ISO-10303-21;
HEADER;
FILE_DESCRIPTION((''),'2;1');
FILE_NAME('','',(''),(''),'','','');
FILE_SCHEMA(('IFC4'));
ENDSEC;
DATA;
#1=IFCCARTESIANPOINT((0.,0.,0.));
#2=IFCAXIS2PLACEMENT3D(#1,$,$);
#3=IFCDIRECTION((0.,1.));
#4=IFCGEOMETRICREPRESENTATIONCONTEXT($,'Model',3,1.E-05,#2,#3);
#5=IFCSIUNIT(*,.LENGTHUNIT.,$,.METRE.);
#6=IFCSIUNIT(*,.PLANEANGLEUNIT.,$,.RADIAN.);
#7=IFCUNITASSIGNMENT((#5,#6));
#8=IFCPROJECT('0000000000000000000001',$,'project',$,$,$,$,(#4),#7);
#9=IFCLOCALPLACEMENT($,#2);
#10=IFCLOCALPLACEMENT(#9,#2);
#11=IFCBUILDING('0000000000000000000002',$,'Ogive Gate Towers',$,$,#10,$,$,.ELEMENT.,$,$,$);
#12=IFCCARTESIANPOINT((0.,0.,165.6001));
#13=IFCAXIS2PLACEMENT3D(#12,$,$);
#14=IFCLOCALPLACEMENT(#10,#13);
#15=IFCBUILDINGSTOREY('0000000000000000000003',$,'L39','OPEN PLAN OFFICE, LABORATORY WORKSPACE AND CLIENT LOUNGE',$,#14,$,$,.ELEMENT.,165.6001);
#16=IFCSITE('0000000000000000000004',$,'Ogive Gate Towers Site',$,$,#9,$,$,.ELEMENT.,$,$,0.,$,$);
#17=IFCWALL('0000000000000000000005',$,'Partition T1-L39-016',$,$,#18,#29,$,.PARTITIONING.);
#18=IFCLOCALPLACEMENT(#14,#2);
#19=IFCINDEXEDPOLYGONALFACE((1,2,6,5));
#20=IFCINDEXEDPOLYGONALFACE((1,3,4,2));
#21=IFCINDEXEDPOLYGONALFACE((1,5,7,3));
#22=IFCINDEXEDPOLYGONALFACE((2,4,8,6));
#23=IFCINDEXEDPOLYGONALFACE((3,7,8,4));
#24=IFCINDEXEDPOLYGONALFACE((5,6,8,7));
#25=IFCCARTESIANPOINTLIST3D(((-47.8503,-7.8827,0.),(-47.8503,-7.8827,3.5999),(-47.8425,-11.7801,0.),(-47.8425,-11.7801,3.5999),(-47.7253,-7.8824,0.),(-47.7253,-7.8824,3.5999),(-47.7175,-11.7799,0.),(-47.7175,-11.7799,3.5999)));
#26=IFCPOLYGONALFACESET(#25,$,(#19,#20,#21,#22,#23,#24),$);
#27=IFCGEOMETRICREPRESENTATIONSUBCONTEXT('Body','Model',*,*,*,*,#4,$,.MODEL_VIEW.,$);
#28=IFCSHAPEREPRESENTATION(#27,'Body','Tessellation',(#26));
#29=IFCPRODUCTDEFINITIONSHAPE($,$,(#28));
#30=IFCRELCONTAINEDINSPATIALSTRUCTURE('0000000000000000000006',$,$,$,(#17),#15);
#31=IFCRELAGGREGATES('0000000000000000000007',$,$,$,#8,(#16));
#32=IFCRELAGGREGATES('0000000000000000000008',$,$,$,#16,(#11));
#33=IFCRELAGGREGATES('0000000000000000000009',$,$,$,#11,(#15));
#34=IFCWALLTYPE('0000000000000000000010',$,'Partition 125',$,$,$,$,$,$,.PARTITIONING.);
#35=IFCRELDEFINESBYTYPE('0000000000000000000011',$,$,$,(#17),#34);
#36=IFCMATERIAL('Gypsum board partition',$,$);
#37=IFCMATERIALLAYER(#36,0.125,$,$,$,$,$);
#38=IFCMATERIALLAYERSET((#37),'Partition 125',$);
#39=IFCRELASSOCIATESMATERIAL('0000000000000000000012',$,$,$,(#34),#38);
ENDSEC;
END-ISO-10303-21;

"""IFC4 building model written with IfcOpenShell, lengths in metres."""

from ifc_helpers import new_model, si_unit, direction, frame, frame_2d, origin, place, context, subcontext, project, spatial, rectangle, extrude, material, layer, layer_set, type_object, element, save


model = new_model("IFC4")

# Units and contexts
model_context = context("Model", 3, precision=1e-05, world=origin(), true_north=direction((0.0, 1.0)))
body_context = subcontext(model_context, "Body", "Model", "MODEL_VIEW")
ifc_project = project(units=[si_unit("LENGTHUNIT", "METRE"), si_unit("PLANEANGLEUNIT", "RADIAN")], contexts=[model_context])

# Site, building, storey
site_placement = place(None, origin())
site = spatial("IfcSite", under=ifc_project, at=site_placement, Name="Ogive Gate Towers Site", CompositionType="ELEMENT", RefElevation=0.0)
building_placement = place(site_placement, origin())
building = spatial("IfcBuilding", under=site, at=building_placement, Name="Ogive Gate Towers", CompositionType="ELEMENT")
storey_placement = place(building_placement, frame((0.0, 0.0, 165.6001)))
storey = spatial("IfcBuildingStorey", under=building, at=storey_placement, Name="L39", Description="OPEN PLAN OFFICE, LABORATORY WORKSPACE AND CLIENT LOUNGE", CompositionType="ELEMENT", Elevation=165.6001)

# Shared definitions
ifc_material_1 = material(Name="Gypsum board partition")
ifc_layer_1 = layer(ifc_material_1, 0.125)
ifc_layer_set_1 = layer_set([ifc_layer_1], Name="Partition 125")
wall_type = type_object("IfcWallType", Name="Partition 125", PredefinedType="PARTITIONING", material=ifc_layer_set_1)

# Wall
wall_1_placement = place(storey_placement, frame((-47.7878, -7.8826, 0.0), z_axis=(0.0, 0.0, 1.0), x_axis=(0.002005, -0.999998, 0.0)))
element("IfcWall", 1, at=wall_1_placement, inside=storey, type_object=wall_type, Name="Partition T1-L39-016", PredefinedType="PARTITIONING", context=body_context, shape_type="SweptSolid", body=[
    extrude(rectangle(XDim=3.8975, YDim=0.125, at=frame_2d((1.9487, 0.0))), origin(), (0.0, 0.0, 1.0), 3.5999),
])

save(model, "model.ifc")
